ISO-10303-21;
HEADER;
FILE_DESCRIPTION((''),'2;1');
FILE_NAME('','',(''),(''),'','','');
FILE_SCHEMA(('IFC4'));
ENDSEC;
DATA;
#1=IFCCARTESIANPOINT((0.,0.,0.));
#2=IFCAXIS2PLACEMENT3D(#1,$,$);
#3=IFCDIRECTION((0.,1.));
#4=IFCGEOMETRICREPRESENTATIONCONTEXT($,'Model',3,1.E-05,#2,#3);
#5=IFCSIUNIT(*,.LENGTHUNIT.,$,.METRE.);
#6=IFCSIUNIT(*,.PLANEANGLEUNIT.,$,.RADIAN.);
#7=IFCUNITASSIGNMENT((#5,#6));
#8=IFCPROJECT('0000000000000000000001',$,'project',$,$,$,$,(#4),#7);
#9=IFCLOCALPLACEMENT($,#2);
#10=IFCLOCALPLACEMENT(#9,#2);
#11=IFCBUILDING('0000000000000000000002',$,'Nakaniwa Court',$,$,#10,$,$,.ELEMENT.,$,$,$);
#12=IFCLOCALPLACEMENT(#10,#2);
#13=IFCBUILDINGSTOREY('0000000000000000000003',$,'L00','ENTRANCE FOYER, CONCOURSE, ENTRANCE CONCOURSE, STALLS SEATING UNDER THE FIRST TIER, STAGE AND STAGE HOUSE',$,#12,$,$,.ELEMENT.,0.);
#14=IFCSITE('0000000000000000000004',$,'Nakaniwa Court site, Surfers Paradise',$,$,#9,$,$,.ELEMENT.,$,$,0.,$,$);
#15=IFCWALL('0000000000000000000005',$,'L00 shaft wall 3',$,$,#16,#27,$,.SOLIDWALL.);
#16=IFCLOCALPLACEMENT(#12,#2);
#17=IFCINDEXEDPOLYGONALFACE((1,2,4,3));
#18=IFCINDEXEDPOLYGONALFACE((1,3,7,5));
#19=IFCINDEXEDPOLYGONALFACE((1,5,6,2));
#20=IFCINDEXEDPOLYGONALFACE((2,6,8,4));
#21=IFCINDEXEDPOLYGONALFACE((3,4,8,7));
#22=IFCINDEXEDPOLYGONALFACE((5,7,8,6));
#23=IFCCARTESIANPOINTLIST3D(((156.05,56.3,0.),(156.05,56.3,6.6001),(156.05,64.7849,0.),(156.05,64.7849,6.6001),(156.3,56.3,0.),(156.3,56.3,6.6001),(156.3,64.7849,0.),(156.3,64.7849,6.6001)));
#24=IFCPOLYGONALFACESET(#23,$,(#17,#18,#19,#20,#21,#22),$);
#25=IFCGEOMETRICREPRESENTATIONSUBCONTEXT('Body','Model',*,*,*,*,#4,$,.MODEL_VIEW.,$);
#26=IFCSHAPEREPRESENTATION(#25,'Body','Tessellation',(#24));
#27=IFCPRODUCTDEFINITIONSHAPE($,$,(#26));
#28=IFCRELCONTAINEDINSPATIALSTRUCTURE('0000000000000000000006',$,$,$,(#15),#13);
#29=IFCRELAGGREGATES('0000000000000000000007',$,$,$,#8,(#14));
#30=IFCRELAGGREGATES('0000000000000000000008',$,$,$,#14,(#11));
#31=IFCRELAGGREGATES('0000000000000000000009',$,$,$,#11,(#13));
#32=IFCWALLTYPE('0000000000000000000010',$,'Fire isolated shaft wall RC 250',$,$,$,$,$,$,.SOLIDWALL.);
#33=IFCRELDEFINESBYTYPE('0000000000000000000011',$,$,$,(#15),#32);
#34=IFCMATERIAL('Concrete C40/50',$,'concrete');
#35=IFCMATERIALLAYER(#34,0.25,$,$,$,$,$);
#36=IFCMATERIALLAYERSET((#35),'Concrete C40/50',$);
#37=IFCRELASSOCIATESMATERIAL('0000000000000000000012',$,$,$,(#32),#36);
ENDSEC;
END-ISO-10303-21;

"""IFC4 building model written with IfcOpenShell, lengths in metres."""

from ifc_helpers import new_model, si_unit, direction, frame, frame_2d, origin, place, context, subcontext, project, spatial, rectangle, extrude, material, layer, layer_set, type_object, element, save


model = new_model("IFC4")

# Units and contexts
model_context = context("Model", 3, precision=1e-05, world=origin(), true_north=direction((0.0, 1.0)))
body_context = subcontext(model_context, "Body", "Model", "MODEL_VIEW")
ifc_project = project(units=[si_unit("LENGTHUNIT", "METRE"), si_unit("PLANEANGLEUNIT", "RADIAN")], contexts=[model_context])

# Site, building, storey
site_placement = place(None, origin())
site = spatial("IfcSite", under=ifc_project, at=site_placement, Name="Nakaniwa Court site, Surfers Paradise", CompositionType="ELEMENT", RefElevation=0.0)
building_placement = place(site_placement, origin())
building = spatial("IfcBuilding", under=site, at=building_placement, Name="Nakaniwa Court", CompositionType="ELEMENT")
storey_placement = place(building_placement, origin())
storey = spatial("IfcBuildingStorey", under=building, at=storey_placement, Name="L00", Description="ENTRANCE FOYER, CONCOURSE, ENTRANCE CONCOURSE, STALLS SEATING UNDER THE FIRST TIER, STAGE AND STAGE HOUSE", CompositionType="ELEMENT", Elevation=0.0)

# Shared definitions
ifc_material_1 = material(Name="Concrete C40/50", Category="concrete")

# Shared definitions
ifc_layer = layer(ifc_material_1, 0.25)
ifc_layer_set = layer_set([ifc_layer], Name="Concrete C40/50")
wall_type = type_object("IfcWallType", Name="Fire isolated shaft wall RC 250", PredefinedType="SOLIDWALL", material=ifc_layer_set)

# Wall
wall_1_placement = place(storey_placement, frame((156.175, 64.7849, 0.0), z_axis=(0.0, 0.0, 1.0), x_axis=(0.0, -1.0, 0.0)))
element("IfcWall", 1, at=wall_1_placement, inside=storey, type_object=wall_type, Name="L00 shaft wall 3", PredefinedType="SOLIDWALL", context=body_context, shape_type="SweptSolid", body=[
    extrude(rectangle(XDim=8.4849, YDim=0.25, at=frame_2d((4.2424, 0.0))), origin(), (0.0, 0.0, 1.0), 6.6001),
])

save(model, "model.ifc")
